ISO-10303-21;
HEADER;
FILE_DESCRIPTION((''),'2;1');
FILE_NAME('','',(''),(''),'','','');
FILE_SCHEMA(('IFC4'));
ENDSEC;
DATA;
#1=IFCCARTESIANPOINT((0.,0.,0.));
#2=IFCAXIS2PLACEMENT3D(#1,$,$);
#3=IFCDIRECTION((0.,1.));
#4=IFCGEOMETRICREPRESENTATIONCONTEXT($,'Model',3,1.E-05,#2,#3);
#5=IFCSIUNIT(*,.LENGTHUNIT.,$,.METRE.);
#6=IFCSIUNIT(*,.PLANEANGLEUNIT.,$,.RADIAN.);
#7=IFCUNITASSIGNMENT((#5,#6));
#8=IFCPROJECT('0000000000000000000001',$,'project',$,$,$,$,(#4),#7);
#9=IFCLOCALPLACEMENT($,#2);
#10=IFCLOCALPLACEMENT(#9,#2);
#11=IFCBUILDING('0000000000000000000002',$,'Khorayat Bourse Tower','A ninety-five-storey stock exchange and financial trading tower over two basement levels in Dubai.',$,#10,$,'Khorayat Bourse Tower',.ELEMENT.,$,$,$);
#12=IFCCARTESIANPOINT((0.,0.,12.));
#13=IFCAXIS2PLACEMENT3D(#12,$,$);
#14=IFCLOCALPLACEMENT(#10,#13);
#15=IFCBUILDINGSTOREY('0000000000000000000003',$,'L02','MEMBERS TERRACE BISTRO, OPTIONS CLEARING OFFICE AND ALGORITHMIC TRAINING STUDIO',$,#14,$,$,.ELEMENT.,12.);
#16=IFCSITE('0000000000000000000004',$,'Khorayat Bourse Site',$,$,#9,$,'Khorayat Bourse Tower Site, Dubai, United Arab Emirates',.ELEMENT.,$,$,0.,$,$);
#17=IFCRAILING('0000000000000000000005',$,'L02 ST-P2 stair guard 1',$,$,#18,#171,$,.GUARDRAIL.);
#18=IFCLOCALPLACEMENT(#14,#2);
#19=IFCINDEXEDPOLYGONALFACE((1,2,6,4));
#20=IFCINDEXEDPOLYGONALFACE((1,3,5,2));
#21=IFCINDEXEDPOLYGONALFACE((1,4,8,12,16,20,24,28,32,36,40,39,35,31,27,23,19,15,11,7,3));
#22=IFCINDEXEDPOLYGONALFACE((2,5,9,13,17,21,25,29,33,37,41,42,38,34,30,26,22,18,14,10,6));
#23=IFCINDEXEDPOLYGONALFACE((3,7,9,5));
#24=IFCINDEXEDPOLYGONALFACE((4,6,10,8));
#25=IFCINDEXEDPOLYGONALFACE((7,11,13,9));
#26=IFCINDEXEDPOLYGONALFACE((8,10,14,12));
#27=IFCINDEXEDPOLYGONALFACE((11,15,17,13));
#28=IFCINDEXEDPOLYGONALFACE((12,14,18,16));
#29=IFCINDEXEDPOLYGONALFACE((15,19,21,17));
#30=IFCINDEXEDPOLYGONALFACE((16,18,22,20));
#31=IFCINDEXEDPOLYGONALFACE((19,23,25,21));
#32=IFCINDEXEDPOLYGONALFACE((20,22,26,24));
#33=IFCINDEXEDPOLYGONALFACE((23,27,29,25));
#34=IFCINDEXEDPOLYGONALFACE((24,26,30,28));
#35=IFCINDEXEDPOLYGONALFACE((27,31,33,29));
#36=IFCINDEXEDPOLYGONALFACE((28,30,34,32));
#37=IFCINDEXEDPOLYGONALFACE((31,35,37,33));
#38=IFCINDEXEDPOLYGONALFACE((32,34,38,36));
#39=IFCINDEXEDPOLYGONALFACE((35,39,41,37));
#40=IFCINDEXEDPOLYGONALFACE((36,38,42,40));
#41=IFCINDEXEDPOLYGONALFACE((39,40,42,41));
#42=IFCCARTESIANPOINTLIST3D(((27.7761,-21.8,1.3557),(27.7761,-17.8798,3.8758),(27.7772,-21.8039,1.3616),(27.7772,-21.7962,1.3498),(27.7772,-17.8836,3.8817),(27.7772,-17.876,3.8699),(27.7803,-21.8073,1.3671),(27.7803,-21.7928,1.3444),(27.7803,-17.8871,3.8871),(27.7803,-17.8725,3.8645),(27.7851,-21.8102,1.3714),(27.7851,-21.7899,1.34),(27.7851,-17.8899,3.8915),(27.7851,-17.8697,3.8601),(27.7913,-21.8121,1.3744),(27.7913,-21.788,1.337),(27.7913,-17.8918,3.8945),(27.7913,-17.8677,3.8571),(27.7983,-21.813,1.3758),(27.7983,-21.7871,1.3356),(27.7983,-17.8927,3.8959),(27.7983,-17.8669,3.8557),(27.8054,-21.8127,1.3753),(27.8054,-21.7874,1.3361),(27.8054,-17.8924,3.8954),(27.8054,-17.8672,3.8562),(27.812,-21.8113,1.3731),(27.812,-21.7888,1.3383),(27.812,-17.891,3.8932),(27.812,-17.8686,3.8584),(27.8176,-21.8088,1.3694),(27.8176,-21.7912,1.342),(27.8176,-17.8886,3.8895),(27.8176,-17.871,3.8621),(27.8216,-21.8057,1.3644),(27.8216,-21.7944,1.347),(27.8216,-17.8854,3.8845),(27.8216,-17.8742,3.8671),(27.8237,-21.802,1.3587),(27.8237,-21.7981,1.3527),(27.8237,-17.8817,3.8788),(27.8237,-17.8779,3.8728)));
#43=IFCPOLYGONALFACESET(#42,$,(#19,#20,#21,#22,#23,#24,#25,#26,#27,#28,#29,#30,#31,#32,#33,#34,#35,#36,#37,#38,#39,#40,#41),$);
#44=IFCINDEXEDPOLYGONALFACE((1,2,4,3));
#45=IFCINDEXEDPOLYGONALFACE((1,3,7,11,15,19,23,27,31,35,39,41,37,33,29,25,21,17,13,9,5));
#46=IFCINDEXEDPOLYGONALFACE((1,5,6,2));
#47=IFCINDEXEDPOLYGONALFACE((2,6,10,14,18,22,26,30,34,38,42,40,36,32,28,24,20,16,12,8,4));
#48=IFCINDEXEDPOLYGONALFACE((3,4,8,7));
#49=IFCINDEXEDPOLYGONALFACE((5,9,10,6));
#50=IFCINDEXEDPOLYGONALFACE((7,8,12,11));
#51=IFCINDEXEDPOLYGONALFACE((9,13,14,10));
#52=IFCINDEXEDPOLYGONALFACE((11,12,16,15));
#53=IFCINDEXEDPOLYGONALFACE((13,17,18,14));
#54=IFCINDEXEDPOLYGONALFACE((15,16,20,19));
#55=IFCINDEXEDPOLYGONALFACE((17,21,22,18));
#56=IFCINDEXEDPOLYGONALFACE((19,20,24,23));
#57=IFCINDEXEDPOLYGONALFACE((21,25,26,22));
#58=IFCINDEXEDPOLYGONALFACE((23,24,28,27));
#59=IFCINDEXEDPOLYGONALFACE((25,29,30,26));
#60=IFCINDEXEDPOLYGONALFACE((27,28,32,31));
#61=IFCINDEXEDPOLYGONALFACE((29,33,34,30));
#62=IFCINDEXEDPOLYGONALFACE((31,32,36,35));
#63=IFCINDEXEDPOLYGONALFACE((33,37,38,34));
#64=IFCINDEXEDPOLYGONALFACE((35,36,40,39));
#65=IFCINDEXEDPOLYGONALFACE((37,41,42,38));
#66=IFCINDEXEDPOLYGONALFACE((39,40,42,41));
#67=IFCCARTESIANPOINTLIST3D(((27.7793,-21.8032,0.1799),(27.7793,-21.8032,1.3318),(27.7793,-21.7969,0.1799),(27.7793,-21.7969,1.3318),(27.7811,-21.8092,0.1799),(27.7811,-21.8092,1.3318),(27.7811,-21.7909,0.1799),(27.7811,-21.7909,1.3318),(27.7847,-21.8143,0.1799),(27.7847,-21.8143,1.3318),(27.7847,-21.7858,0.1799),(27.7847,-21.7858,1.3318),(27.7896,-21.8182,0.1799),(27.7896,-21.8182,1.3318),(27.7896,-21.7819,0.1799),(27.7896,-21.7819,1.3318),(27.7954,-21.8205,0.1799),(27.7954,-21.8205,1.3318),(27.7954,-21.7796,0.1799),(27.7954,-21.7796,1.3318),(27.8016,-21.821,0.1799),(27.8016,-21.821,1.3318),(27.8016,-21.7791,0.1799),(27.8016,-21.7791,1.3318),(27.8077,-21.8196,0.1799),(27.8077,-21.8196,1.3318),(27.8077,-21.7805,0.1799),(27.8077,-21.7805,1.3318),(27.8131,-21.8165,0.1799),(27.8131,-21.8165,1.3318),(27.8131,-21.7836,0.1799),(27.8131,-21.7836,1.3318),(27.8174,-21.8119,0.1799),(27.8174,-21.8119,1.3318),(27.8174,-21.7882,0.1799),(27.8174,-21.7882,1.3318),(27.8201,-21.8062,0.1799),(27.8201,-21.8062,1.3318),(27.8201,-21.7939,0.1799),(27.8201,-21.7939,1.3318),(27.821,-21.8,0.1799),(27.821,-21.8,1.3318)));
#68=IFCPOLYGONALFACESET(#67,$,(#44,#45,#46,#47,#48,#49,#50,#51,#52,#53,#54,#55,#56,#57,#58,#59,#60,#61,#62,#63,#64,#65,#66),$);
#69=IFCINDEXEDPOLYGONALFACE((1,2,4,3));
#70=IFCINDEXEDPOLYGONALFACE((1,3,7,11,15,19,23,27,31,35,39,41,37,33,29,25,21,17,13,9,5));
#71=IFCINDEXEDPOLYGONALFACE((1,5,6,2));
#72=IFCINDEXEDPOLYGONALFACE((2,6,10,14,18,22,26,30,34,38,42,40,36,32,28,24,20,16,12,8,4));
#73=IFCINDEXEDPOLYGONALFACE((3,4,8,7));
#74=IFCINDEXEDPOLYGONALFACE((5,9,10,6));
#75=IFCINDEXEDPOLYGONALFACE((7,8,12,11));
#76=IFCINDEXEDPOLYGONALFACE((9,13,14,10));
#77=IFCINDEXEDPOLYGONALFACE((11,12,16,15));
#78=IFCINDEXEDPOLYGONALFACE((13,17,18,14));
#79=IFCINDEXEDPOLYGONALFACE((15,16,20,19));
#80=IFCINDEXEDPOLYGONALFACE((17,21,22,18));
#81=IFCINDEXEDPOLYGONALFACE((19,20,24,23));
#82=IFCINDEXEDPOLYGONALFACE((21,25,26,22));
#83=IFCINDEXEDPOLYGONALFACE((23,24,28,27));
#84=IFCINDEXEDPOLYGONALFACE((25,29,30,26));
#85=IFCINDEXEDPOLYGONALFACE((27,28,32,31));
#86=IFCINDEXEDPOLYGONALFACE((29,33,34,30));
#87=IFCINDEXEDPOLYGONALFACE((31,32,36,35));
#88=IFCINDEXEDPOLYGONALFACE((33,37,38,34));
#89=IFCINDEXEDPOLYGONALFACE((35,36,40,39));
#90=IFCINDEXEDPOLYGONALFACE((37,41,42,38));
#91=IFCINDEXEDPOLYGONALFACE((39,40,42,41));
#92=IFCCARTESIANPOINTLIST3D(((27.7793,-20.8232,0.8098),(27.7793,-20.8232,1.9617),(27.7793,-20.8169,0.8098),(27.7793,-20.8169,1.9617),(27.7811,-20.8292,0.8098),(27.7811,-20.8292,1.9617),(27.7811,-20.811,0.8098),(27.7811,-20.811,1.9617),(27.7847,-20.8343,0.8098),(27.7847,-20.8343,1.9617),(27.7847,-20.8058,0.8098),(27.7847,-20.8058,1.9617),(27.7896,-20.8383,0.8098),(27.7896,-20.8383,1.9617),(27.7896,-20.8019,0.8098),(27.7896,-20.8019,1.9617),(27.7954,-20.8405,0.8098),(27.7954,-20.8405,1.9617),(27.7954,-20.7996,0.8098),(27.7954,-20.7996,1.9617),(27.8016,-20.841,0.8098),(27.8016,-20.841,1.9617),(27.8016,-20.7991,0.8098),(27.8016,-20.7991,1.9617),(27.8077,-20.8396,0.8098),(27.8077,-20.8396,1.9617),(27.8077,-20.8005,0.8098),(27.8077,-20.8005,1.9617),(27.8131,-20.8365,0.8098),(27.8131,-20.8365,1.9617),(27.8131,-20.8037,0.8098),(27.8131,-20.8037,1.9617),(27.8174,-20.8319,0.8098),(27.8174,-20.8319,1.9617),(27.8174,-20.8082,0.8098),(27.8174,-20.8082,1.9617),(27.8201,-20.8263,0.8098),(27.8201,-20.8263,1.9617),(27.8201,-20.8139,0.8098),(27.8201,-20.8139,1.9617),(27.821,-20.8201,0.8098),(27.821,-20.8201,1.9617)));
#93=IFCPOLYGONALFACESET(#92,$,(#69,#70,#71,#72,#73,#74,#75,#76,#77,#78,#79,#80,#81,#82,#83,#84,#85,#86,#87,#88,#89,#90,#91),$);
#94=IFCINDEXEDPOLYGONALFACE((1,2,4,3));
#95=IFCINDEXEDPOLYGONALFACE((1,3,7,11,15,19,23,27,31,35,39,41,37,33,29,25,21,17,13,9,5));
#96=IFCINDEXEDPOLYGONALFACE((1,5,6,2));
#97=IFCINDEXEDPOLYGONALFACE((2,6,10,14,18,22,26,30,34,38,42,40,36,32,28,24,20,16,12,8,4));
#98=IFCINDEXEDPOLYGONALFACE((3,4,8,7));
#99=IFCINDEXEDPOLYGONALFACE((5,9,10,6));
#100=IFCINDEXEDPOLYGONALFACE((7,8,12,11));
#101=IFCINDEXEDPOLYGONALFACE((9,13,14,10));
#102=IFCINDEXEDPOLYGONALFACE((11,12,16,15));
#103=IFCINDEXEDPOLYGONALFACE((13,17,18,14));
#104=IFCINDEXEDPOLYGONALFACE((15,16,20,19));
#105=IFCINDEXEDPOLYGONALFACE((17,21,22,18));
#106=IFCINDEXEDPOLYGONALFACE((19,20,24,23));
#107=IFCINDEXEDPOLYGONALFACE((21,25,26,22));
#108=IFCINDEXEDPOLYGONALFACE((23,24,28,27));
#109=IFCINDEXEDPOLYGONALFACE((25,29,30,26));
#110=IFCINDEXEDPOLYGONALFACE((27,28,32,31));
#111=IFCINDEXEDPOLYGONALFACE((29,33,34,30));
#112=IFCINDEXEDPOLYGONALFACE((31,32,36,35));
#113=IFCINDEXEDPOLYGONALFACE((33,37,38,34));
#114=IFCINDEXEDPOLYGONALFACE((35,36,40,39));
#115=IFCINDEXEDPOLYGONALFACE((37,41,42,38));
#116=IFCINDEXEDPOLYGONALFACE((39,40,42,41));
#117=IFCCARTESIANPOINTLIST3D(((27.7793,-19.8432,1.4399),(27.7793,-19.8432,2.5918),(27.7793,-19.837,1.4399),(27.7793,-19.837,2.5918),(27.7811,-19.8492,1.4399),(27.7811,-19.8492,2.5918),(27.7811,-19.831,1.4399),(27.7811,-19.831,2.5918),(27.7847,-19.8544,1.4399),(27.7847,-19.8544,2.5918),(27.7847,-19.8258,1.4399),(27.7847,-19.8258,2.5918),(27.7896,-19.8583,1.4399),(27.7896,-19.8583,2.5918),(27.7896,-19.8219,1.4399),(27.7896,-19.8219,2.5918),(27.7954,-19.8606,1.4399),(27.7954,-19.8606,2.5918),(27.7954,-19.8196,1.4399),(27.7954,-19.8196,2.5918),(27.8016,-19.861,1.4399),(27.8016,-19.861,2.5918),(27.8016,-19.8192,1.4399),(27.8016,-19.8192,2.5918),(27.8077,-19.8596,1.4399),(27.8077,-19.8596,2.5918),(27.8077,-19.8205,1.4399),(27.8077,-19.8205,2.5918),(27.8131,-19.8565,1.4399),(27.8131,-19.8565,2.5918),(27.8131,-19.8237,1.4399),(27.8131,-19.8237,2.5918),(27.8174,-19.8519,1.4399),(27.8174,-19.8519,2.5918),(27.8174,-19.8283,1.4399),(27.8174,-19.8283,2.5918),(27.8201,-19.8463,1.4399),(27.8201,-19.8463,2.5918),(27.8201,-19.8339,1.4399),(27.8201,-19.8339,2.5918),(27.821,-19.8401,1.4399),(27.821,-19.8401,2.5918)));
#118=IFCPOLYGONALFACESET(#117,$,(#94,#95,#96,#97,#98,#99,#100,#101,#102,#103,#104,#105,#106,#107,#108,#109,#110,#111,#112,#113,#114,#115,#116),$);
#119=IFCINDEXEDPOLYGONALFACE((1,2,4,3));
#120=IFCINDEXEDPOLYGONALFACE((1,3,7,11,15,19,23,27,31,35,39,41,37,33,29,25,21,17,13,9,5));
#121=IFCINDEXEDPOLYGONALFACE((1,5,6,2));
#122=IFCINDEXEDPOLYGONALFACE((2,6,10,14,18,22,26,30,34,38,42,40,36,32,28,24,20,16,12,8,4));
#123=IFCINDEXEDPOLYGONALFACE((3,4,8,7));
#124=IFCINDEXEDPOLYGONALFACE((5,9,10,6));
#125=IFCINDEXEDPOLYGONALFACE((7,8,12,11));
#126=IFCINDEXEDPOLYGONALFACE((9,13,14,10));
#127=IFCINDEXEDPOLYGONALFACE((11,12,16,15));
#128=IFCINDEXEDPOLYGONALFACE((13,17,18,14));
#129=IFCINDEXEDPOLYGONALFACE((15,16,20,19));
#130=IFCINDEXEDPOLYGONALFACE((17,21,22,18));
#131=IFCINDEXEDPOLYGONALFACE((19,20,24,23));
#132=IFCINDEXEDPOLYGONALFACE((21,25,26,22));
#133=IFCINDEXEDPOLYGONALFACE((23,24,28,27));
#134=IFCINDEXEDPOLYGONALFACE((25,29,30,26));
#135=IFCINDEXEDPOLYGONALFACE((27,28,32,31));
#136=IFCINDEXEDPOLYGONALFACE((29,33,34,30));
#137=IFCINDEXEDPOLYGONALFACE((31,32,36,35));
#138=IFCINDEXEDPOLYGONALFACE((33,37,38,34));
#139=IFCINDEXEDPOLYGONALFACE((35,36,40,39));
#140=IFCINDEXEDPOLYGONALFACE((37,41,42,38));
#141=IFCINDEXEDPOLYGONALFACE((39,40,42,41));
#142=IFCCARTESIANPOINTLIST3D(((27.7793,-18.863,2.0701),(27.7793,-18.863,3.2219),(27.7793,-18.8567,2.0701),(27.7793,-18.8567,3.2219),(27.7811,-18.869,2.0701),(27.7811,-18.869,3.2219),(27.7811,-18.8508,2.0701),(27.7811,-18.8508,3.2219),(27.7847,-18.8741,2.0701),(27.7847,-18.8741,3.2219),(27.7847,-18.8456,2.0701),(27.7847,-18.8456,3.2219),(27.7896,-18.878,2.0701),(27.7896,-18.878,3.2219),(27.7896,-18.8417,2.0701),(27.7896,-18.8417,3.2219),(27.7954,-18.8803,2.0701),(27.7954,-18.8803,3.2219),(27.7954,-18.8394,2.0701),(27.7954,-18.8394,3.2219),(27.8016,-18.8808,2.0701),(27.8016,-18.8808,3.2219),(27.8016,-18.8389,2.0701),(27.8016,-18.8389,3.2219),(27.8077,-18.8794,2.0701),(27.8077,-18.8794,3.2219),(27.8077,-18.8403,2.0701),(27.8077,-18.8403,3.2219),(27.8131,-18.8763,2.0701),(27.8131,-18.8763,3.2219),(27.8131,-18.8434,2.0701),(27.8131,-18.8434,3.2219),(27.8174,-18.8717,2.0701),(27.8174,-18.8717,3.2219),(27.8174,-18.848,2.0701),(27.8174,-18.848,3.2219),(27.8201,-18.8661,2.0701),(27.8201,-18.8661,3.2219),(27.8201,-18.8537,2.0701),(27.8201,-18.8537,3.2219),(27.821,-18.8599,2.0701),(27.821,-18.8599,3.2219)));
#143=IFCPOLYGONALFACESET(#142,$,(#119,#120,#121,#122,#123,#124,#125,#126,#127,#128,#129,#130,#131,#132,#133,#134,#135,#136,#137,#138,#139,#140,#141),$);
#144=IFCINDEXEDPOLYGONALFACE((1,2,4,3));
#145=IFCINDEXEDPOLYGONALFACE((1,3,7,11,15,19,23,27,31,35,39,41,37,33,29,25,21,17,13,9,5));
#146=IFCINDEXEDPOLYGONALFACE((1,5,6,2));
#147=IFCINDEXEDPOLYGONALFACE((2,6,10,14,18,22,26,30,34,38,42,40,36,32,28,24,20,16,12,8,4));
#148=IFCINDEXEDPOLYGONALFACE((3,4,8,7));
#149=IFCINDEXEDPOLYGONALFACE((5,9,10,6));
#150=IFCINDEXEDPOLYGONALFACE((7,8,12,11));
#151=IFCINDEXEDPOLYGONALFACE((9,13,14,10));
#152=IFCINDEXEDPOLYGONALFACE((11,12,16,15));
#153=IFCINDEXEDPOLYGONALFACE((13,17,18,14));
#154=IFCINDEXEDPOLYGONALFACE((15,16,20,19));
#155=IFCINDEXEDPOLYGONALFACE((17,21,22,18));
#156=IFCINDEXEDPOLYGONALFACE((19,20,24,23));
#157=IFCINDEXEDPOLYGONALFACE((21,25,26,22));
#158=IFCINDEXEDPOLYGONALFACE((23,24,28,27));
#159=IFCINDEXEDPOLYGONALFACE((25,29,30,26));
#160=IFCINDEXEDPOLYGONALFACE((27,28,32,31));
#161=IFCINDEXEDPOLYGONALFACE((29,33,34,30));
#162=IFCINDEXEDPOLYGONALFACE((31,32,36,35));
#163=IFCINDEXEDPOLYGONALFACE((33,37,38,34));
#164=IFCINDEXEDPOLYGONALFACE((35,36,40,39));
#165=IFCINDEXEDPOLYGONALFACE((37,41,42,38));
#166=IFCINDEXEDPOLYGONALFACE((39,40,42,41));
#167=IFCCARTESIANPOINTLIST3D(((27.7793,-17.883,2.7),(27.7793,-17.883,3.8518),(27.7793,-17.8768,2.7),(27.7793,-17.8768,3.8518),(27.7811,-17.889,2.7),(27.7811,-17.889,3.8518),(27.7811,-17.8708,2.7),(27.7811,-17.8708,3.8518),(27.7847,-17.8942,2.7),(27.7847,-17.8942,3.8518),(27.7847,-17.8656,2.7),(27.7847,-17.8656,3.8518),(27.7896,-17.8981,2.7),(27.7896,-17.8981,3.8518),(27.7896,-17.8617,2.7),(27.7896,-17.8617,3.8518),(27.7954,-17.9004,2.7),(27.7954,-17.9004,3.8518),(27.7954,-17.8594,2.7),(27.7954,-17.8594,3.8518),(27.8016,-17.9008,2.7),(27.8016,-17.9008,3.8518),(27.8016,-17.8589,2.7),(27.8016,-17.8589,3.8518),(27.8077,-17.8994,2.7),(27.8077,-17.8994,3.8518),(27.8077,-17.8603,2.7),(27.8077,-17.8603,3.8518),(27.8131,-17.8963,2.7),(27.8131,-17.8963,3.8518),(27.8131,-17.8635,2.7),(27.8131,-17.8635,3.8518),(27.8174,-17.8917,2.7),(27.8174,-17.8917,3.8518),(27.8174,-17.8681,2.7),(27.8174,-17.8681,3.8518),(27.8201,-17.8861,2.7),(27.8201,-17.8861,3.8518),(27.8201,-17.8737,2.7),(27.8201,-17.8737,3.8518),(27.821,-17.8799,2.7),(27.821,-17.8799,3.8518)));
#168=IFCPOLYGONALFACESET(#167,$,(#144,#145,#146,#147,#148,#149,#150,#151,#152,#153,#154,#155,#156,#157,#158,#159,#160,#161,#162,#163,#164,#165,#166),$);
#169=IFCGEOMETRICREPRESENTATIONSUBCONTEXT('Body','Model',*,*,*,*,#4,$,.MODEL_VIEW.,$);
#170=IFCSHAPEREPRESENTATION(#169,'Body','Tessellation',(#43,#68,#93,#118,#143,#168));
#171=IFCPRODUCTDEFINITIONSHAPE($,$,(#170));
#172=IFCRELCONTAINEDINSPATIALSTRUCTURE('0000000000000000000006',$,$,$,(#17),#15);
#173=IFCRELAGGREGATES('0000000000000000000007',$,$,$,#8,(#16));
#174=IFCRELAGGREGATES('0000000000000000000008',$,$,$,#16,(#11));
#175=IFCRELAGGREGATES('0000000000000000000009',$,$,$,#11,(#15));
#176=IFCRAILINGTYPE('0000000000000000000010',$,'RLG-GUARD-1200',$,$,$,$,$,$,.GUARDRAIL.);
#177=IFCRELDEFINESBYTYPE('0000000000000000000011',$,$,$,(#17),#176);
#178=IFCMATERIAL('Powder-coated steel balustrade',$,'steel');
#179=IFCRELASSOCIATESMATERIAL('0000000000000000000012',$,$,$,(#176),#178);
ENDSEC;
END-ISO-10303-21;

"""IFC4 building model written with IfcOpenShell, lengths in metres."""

from ifc_helpers import new_model, si_unit, direction, frame, origin, origin_2d, place, context, subcontext, project, spatial, circle, extrude, source, transform, mapped, material, type_object, element, save


model = new_model("IFC4")

# Units and contexts
model_context = context("Model", 3, precision=1e-05, world=origin(), true_north=direction((0.0, 1.0)))
body_context = subcontext(model_context, "Body", "Model", "MODEL_VIEW")
ifc_project = project(units=[si_unit("LENGTHUNIT", "METRE"), si_unit("PLANEANGLEUNIT", "RADIAN")], contexts=[model_context])

# Site, building, storey
site_placement = place(None, origin())
site = spatial("IfcSite", under=ifc_project, at=site_placement, Name="Khorayat Bourse Site", LongName="Khorayat Bourse Tower Site, Dubai, United Arab Emirates", CompositionType="ELEMENT", RefElevation=0.0)
building_placement = place(site_placement, origin())
building = spatial("IfcBuilding", under=site, at=building_placement, Name="Khorayat Bourse Tower", Description="A ninety-five-storey stock exchange and financial trading tower over two basement levels in Dubai.", LongName="Khorayat Bourse Tower", CompositionType="ELEMENT")
storey_placement = place(building_placement, frame((0.0, 0.0, 12.0)))
storey = spatial("IfcBuildingStorey", under=building, at=storey_placement, Name="L02", Description="MEMBERS TERRACE BISTRO, OPTIONS CLEARING OFFICE AND ALGORITHMIC TRAINING STUDIO", CompositionType="ELEMENT", Elevation=12.0)

# Railing
ifc_material_1 = material(Name="Powder-coated steel balustrade", Category="steel")
railing_type_1 = type_object("IfcRailingType", Name="RLG-GUARD-1200", PredefinedType="GUARDRAIL", material=ifc_material_1)
shared_shape_1 = source(origin(), body_context, "Body", "SweptSolid", [
    extrude(circle(Radius=0.0239, at=origin_2d()), frame((0.0, 0.0, 1.1758), z_axis=(0.0, 0.841187, 0.540744), x_axis=(-1.0, 0.0, 0.0)), (0.0, 0.0, 1.0), 4.6604),
    extrude(circle(Radius=0.021, at=origin_2d()), origin(), (0.0, 0.0, 1.0), 1.1519),
    extrude(circle(Radius=0.021, at=origin_2d()), frame((0.0, 0.98, 0.6299)), (0.0, 0.0, 1.0), 1.1519),
    extrude(circle(Radius=0.021, at=origin_2d()), frame((0.0, 1.96, 1.26)), (0.0, 0.0, 1.0), 1.1519),
    extrude(circle(Radius=0.021, at=origin_2d()), frame((0.0, 2.9402, 1.8901)), (0.0, 0.0, 1.0), 1.1519),
    extrude(circle(Radius=0.021, at=origin_2d()), frame((0.0, 3.9202, 2.52)), (0.0, 0.0, 1.0), 1.1519),
])
railing_1_placement = place(storey_placement, frame((27.8, -21.8, 0.1799)))
element("IfcRailing", 1, at=railing_1_placement, inside=storey, type_object=railing_type_1, Name="L02 ST-P2 stair guard 1", PredefinedType="GUARDRAIL", context=body_context, shape_type="MappedRepresentation", body=[
    mapped(shared_shape_1, transform((0.0, 0.0, 0.0), scale=1.0)),
])

save(model, "model.ifc")
